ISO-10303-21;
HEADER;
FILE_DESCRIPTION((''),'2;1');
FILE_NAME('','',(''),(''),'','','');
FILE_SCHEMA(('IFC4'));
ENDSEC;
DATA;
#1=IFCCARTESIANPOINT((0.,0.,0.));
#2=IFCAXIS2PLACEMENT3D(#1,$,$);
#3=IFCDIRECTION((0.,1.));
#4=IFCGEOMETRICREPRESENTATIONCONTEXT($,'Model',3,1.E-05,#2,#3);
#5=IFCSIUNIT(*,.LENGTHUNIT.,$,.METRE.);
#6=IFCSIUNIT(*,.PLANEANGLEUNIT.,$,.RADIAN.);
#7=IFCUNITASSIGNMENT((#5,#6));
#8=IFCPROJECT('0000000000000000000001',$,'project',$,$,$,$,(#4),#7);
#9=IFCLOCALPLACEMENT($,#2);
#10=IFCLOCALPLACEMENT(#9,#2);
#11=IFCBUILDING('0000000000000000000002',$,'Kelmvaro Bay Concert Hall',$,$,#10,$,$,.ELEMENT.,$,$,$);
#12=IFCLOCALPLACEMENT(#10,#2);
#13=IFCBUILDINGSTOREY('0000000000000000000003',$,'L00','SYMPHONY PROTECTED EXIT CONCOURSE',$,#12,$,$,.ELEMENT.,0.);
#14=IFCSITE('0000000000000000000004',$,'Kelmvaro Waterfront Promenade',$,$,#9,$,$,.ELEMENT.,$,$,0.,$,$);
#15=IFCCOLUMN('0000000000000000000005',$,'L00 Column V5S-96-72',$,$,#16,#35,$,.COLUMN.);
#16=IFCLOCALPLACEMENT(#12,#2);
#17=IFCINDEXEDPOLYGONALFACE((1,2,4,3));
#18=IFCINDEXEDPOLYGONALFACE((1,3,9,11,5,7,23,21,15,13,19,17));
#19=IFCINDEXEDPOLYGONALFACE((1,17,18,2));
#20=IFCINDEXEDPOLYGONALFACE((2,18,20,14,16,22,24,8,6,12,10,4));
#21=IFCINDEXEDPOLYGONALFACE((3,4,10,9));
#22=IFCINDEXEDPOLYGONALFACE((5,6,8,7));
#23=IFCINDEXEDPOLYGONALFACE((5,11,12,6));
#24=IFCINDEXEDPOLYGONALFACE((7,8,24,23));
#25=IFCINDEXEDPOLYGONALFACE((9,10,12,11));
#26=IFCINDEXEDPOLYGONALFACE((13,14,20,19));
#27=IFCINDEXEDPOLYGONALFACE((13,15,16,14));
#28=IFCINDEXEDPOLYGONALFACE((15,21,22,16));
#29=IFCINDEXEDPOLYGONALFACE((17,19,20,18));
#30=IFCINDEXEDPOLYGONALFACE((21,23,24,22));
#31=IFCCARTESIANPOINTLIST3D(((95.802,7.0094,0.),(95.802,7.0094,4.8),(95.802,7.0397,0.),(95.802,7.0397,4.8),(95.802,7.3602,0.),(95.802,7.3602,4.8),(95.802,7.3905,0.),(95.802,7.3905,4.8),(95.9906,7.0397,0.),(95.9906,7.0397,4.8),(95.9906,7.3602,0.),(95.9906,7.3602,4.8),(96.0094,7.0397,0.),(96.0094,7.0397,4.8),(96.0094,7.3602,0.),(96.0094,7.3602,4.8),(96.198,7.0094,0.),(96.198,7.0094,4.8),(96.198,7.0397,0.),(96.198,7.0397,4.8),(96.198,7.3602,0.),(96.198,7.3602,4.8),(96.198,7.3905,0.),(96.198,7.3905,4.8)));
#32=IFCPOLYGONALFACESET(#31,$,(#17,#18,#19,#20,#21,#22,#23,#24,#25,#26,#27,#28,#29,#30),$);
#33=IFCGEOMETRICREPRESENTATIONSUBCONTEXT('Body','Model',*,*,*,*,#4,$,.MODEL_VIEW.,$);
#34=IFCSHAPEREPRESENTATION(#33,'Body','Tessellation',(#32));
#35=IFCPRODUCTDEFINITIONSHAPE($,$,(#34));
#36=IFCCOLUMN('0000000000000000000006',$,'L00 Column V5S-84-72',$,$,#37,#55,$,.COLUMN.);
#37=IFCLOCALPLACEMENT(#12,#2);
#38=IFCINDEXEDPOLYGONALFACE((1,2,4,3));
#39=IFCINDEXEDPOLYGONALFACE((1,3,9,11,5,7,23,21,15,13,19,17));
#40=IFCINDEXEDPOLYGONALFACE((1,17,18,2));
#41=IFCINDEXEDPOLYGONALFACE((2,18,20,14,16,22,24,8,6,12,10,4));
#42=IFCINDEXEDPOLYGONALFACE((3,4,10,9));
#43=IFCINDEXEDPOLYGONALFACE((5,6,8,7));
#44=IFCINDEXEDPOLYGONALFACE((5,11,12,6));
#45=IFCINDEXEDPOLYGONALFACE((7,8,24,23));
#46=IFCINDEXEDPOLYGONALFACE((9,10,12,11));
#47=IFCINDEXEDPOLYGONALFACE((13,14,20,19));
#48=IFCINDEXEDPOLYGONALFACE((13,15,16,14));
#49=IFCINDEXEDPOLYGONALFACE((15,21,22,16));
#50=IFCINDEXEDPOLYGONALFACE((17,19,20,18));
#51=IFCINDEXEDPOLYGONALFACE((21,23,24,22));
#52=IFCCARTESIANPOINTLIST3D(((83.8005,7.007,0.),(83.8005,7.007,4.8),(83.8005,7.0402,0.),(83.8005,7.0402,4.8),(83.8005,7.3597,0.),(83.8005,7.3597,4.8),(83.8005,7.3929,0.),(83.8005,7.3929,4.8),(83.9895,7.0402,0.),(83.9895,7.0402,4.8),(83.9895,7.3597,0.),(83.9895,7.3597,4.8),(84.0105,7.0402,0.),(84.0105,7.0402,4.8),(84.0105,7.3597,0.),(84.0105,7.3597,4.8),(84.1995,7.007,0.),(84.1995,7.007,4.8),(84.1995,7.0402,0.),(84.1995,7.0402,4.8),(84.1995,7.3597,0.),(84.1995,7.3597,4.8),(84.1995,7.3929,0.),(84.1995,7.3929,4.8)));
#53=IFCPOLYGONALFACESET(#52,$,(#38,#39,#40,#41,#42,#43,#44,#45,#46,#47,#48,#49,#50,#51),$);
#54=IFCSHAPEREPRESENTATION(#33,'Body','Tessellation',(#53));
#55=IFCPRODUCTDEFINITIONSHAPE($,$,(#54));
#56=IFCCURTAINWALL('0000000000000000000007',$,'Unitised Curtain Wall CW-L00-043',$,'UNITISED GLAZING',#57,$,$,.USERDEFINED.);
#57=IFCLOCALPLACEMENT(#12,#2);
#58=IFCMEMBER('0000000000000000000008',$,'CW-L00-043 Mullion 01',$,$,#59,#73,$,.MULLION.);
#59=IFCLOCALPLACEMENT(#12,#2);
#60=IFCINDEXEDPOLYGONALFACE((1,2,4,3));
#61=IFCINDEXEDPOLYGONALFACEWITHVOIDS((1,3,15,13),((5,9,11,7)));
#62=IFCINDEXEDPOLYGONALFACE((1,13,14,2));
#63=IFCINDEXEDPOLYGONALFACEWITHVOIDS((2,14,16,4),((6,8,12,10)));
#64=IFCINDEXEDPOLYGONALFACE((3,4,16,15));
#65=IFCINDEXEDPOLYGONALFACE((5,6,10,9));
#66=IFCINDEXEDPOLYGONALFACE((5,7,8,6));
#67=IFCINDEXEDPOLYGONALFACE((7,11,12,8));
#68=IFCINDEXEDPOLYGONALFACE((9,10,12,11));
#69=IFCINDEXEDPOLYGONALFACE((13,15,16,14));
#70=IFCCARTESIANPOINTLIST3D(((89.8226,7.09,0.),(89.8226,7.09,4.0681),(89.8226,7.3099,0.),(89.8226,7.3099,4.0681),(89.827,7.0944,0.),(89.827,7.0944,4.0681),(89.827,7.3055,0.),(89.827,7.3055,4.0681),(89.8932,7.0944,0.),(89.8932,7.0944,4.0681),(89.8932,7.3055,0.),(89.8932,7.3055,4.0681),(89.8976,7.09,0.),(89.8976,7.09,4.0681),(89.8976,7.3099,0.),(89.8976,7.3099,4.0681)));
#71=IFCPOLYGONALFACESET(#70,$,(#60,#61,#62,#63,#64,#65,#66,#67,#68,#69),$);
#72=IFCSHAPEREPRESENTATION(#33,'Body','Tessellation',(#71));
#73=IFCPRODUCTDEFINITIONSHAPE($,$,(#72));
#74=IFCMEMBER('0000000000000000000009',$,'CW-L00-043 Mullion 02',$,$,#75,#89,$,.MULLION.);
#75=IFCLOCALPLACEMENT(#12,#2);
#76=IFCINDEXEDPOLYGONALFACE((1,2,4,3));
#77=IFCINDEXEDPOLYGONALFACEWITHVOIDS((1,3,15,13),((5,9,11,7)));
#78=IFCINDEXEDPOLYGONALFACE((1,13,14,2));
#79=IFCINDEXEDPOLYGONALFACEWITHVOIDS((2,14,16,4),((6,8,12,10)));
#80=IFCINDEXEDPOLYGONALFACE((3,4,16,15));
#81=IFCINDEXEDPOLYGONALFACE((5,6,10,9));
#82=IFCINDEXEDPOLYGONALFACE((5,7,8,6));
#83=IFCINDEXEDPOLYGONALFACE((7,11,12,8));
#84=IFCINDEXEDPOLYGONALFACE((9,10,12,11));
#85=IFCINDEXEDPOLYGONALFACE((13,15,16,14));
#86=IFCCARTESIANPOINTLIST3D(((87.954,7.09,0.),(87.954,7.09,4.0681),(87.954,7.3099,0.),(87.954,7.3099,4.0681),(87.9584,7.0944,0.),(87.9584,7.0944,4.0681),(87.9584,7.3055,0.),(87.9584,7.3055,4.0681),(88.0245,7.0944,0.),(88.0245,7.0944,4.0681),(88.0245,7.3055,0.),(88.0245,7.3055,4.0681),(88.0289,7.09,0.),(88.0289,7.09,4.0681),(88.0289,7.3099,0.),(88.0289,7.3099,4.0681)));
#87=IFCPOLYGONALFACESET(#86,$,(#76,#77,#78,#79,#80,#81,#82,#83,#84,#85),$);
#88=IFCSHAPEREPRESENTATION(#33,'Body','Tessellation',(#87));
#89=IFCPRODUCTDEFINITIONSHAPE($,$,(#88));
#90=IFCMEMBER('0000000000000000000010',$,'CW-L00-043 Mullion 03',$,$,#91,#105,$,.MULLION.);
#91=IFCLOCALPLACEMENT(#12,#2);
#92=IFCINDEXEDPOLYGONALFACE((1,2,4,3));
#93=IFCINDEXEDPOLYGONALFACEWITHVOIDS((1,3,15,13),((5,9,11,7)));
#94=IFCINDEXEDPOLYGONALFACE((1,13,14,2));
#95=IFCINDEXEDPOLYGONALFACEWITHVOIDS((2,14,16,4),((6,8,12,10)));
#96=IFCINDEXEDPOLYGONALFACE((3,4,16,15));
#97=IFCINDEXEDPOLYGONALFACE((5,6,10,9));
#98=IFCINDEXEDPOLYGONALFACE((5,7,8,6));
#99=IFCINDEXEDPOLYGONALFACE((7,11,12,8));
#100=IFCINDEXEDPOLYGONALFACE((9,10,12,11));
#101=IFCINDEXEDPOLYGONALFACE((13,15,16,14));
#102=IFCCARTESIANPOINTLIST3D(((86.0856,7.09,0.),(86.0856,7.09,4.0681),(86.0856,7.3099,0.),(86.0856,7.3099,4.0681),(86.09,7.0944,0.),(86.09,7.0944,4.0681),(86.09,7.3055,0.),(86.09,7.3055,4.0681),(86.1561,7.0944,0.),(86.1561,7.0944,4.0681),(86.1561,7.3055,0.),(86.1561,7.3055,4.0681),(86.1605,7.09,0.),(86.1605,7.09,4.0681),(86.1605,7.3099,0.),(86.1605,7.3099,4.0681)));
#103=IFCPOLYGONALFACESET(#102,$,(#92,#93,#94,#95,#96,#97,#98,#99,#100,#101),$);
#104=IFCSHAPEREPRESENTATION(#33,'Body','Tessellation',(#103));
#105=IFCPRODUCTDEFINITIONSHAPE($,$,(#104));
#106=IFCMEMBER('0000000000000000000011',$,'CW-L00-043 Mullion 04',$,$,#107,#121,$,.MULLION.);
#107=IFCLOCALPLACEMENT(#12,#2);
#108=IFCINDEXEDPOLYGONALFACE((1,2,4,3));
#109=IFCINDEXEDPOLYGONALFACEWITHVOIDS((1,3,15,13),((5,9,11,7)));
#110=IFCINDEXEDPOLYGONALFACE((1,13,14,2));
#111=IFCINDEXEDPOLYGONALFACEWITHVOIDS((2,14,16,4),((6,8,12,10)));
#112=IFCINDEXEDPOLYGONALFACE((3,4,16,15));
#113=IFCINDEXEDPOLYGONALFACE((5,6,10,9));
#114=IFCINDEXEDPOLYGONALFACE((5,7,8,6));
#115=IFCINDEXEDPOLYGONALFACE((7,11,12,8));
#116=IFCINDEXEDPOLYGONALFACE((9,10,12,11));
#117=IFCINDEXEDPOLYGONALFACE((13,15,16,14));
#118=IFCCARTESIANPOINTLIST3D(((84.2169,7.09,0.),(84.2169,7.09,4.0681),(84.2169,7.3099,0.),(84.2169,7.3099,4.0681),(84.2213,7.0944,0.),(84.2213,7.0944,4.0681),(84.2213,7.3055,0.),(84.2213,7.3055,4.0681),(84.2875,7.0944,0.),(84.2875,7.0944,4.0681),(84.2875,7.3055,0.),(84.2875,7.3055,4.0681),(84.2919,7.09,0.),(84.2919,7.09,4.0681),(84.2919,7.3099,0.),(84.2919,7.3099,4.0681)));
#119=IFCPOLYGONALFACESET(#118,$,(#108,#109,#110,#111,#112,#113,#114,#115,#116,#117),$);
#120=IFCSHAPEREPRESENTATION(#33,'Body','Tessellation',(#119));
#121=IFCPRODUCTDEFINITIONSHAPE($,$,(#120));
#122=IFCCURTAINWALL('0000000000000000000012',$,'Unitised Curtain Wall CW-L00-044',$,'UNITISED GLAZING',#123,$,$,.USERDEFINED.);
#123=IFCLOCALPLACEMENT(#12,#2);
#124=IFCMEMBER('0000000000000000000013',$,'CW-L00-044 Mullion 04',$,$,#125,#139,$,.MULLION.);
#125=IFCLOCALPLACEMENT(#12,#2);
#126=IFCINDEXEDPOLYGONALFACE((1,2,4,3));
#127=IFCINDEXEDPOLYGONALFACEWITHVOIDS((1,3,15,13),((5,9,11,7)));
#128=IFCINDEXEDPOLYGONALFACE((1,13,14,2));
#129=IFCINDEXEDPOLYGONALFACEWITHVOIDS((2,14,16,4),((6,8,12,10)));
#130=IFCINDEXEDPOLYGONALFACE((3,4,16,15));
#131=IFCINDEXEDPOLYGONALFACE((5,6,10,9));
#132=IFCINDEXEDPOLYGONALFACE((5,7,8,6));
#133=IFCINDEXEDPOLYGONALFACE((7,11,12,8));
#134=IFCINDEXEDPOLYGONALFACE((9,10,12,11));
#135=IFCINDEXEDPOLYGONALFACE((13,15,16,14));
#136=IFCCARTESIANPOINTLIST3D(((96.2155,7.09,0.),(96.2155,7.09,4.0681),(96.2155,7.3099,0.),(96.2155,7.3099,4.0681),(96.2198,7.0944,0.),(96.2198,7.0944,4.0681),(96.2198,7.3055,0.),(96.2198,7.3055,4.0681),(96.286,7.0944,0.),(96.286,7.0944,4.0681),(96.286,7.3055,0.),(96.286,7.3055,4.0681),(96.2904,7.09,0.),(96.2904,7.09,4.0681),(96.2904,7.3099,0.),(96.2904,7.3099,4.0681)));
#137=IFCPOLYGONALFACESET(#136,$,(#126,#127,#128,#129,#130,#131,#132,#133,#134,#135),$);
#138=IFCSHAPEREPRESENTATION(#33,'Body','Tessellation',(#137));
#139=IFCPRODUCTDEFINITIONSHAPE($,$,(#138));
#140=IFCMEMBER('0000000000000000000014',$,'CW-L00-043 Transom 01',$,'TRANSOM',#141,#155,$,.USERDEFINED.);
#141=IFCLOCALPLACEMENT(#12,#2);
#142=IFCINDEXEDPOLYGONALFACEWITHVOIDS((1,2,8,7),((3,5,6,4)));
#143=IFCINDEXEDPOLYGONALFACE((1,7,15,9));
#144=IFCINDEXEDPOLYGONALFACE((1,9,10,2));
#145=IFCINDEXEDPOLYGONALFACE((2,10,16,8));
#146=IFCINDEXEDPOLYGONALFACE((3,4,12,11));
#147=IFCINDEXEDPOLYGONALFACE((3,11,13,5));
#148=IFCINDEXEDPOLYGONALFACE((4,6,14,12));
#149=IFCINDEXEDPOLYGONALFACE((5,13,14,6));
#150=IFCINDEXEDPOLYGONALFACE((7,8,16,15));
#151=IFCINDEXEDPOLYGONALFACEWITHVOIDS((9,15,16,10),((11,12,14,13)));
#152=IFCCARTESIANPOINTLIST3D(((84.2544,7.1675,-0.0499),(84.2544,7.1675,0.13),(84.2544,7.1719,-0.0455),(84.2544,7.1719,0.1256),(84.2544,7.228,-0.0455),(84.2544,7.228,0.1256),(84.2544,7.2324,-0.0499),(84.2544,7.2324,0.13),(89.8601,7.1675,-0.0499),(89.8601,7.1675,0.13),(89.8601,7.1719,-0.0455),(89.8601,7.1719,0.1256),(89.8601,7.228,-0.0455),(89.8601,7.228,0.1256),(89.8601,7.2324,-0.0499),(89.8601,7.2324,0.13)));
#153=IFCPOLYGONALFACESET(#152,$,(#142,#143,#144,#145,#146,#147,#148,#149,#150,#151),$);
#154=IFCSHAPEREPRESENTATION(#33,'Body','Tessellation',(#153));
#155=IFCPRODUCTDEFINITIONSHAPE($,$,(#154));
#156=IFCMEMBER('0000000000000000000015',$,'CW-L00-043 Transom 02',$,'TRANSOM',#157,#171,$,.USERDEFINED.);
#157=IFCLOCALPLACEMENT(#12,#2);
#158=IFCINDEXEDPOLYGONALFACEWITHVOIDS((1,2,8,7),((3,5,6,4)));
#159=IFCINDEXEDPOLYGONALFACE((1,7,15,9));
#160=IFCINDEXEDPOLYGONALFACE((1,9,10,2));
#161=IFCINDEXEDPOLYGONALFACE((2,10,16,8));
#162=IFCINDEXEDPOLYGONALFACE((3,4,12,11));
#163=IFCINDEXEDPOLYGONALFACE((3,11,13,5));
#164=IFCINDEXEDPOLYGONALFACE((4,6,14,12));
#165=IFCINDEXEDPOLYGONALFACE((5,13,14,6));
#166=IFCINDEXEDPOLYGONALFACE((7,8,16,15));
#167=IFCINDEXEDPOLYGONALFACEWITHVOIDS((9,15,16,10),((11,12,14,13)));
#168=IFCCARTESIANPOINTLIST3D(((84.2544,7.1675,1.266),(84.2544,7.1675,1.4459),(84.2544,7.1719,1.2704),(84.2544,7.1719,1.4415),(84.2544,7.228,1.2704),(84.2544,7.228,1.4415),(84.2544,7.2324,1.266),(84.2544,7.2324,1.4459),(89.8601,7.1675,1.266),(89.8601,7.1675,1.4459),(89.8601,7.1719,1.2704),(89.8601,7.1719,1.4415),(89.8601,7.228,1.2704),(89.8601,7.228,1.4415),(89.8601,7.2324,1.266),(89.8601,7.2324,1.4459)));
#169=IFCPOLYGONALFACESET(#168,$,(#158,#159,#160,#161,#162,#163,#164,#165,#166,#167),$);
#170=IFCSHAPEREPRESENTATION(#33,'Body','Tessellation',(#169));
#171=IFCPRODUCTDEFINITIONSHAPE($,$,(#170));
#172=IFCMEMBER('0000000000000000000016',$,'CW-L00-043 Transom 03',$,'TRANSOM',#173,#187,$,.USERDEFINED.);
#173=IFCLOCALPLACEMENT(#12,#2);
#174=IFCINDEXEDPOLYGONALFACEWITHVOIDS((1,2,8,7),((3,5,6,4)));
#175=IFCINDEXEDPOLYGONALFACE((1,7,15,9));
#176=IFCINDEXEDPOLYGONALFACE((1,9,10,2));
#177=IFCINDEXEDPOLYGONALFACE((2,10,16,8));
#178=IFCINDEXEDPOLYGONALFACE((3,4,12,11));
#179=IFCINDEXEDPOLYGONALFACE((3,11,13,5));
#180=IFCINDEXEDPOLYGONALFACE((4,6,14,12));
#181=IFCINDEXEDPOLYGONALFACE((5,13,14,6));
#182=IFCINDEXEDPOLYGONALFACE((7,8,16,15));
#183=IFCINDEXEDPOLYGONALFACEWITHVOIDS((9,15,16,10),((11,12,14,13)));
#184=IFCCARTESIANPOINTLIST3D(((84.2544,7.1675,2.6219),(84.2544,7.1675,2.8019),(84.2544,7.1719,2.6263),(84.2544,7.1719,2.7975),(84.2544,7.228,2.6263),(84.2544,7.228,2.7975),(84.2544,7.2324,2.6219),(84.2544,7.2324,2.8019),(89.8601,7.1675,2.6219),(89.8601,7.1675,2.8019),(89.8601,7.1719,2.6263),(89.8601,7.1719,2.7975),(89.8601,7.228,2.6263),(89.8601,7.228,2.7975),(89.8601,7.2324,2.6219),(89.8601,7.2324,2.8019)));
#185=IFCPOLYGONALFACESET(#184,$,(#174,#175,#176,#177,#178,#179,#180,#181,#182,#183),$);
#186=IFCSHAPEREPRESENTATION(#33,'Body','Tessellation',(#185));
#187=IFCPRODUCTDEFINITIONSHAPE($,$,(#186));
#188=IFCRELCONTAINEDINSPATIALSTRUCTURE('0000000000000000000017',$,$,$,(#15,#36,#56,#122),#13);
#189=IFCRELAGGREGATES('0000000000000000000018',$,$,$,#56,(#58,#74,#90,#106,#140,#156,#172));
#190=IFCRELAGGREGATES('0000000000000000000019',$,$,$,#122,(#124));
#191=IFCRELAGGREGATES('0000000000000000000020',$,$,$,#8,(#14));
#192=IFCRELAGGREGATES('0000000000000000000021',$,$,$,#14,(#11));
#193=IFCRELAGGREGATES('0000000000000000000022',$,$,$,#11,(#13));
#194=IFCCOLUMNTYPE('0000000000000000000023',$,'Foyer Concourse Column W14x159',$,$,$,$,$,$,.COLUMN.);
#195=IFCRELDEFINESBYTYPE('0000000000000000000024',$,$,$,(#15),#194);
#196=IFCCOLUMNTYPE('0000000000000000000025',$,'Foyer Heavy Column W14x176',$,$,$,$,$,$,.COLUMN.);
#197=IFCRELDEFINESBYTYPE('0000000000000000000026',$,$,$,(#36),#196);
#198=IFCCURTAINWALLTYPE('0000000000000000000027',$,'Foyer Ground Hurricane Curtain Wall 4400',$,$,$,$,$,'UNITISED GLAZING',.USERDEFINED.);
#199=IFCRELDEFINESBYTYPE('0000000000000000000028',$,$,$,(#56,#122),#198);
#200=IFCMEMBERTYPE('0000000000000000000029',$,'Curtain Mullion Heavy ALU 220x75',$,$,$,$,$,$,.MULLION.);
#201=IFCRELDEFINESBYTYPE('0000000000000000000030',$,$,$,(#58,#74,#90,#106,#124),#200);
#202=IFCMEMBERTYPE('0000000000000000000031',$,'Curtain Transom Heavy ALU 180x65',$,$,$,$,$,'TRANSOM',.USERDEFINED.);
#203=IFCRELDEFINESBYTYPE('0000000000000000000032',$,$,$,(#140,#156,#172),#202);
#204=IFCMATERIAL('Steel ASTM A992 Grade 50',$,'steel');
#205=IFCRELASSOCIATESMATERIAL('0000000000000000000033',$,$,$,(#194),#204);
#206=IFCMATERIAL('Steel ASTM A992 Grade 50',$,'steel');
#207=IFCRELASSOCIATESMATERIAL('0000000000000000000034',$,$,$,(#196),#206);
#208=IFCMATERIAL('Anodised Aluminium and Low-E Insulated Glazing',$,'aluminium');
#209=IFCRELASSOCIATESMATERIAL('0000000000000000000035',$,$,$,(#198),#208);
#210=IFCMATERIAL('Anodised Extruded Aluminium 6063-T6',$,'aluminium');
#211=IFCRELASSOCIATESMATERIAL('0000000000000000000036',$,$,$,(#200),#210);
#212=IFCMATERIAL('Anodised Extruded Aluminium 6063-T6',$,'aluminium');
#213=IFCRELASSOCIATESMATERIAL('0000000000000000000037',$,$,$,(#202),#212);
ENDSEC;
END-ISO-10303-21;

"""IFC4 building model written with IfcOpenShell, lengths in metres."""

from ifc_helpers import new_model, si_unit, direction, frame, origin, origin_2d, place, context, subcontext, project, spatial, hollow_rectangle, i_section, extrude, material, material_profile, profile_set, type_object, element, aggregate, save


model = new_model("IFC4")

# Units and contexts
model_context = context("Model", 3, precision=1e-05, world=origin(), true_north=direction((0.0, 1.0)))
body_context = subcontext(model_context, "Body", "Model", "MODEL_VIEW")
ifc_project = project(units=[si_unit("LENGTHUNIT", "METRE"), si_unit("PLANEANGLEUNIT", "RADIAN")], contexts=[model_context])

# Site, building, storey
site_placement = place(None, origin())
site = spatial("IfcSite", under=ifc_project, at=site_placement, Name="Kelmvaro Waterfront Promenade", CompositionType="ELEMENT", RefElevation=0.0)
building_placement = place(site_placement, origin())
building = spatial("IfcBuilding", under=site, at=building_placement, Name="Kelmvaro Bay Concert Hall", CompositionType="ELEMENT")
storey_placement = place(building_placement, origin())
storey = spatial("IfcBuildingStorey", under=building, at=storey_placement, Name="L00", Description="SYMPHONY PROTECTED EXIT CONCOURSE", CompositionType="ELEMENT", Elevation=0.0)

# Columns
ifc_material_1 = material(Name="Steel ASTM A992 Grade 50", Category="steel")
ifc_material_profile_1 = material_profile(ifc_material_1, i_section(OverallWidth=0.396, OverallDepth=0.3811, WebThickness=0.0188, FlangeThickness=0.0303, at=origin_2d()), Name="W14X159")
ifc_profile_set_1 = profile_set([ifc_material_profile_1], Name="Steel ASTM A992 Grade 50")
column_type_1 = type_object("IfcColumnType", Name="Foyer Concourse Column W14x159", PredefinedType="COLUMN", material=ifc_profile_set_1)
column_1_placement = place(storey_placement, frame((96.0, 7.2, 0.0), z_axis=(0.0, 0.0, 1.0), x_axis=(1.0, 0.0, 0.0)))
element("IfcColumn", 1, at=column_1_placement, inside=storey, type_object=column_type_1, Name="L00 Column V5S-96-72", PredefinedType="COLUMN", context=body_context, shape_type="SweptSolid", body=[
    extrude(i_section(OverallWidth=0.396, OverallDepth=0.3811, WebThickness=0.0188, FlangeThickness=0.0303, at=origin_2d()), origin(), (0.0, 0.0, 1.0), 4.8),
])
ifc_material_2 = material(Name="Steel ASTM A992 Grade 50", Category="steel")
ifc_material_profile_2 = material_profile(ifc_material_2, i_section(OverallWidth=0.3989, OverallDepth=0.386, WebThickness=0.021, FlangeThickness=0.0332, at=origin_2d()), Name="W14X176")
ifc_profile_set_2 = profile_set([ifc_material_profile_2], Name="Steel ASTM A992 Grade 50")
column_type_2 = type_object("IfcColumnType", Name="Foyer Heavy Column W14x176", PredefinedType="COLUMN", material=ifc_profile_set_2)
column_2_placement = place(storey_placement, frame((84.0, 7.2, 0.0), z_axis=(0.0, 0.0, 1.0), x_axis=(1.0, 0.0, 0.0)))
element("IfcColumn", 2, at=column_2_placement, inside=storey, type_object=column_type_2, Name="L00 Column V5S-84-72", PredefinedType="COLUMN", context=body_context, shape_type="SweptSolid", body=[
    extrude(i_section(OverallWidth=0.3989, OverallDepth=0.386, WebThickness=0.021, FlangeThickness=0.0332, at=origin_2d()), origin(), (0.0, 0.0, 1.0), 4.8),
])

# Curtain wall, members
ifc_material_3 = material(Name="Anodised Aluminium and Low-E Insulated Glazing", Category="aluminium")
curtain_wall_type = type_object("IfcCurtainWallType", Name="Foyer Ground Hurricane Curtain Wall 4400", ElementType="UNITISED GLAZING", PredefinedType="USERDEFINED", material=ifc_material_3)
curtain_wall_1_placement = place(storey_placement, origin())
curtain_wall_1 = element("IfcCurtainWall", 3, at=curtain_wall_1_placement, inside=storey, type_object=curtain_wall_type, Name="Unitised Curtain Wall CW-L00-043", ObjectType="UNITISED GLAZING", PredefinedType="USERDEFINED")
ifc_material_4 = material(Name="Anodised Extruded Aluminium 6063-T6", Category="aluminium")
ifc_material_profile_3 = material_profile(ifc_material_4, hollow_rectangle(XDim=0.075, YDim=0.22, WallThickness=0.0044, at=origin_2d()), Name="ALU-MUL-220X75")
ifc_profile_set_3 = profile_set([ifc_material_profile_3], Name="Anodised Extruded Aluminium 6063-T6")
member_type_1 = type_object("IfcMemberType", Name="Curtain Mullion Heavy ALU 220x75", PredefinedType="MULLION", material=ifc_profile_set_3)
member_1_placement = place(storey_placement, frame((89.8601, 7.2, 0.0), z_axis=(0.0, 0.0, 1.0), x_axis=(1.0, 0.0, 0.0)))
member_1 = element("IfcMember", 4, at=member_1_placement, type_object=member_type_1, Name="CW-L00-043 Mullion 01", PredefinedType="MULLION", context=body_context, shape_type="SweptSolid", body=[
    extrude(hollow_rectangle(XDim=0.075, YDim=0.22, WallThickness=0.0044, at=origin_2d()), origin(), (0.0, 0.0, 1.0), 4.0681),
])
member_2_placement = place(storey_placement, frame((87.9915, 7.2, 0.0), z_axis=(0.0, 0.0, 1.0), x_axis=(1.0, 0.0, 0.0)))
member_2 = element("IfcMember", 5, at=member_2_placement, type_object=member_type_1, Name="CW-L00-043 Mullion 02", PredefinedType="MULLION", context=body_context, shape_type="SweptSolid", body=[
    extrude(hollow_rectangle(XDim=0.075, YDim=0.22, WallThickness=0.0044, at=origin_2d()), origin(), (0.0, 0.0, 1.0), 4.0681),
])
member_3_placement = place(storey_placement, frame((86.123, 7.2, 0.0), z_axis=(0.0, 0.0, 1.0), x_axis=(1.0, 0.0, 0.0)))
member_3 = element("IfcMember", 6, at=member_3_placement, type_object=member_type_1, Name="CW-L00-043 Mullion 03", PredefinedType="MULLION", context=body_context, shape_type="SweptSolid", body=[
    extrude(hollow_rectangle(XDim=0.075, YDim=0.22, WallThickness=0.0044, at=origin_2d()), origin(), (0.0, 0.0, 1.0), 4.0681),
])
member_4_placement = place(storey_placement, frame((84.2544, 7.2, 0.0), z_axis=(0.0, 0.0, 1.0), x_axis=(1.0, 0.0, 0.0)))
member_4 = element("IfcMember", 7, at=member_4_placement, type_object=member_type_1, Name="CW-L00-043 Mullion 04", PredefinedType="MULLION", context=body_context, shape_type="SweptSolid", body=[
    extrude(hollow_rectangle(XDim=0.075, YDim=0.22, WallThickness=0.0044, at=origin_2d()), origin(), (0.0, 0.0, 1.0), 4.0681),
])

# Curtain wall, member
curtain_wall_2_placement = place(storey_placement, origin())
curtain_wall_2 = element("IfcCurtainWall", 8, at=curtain_wall_2_placement, inside=storey, type_object=curtain_wall_type, Name="Unitised Curtain Wall CW-L00-044", ObjectType="UNITISED GLAZING", PredefinedType="USERDEFINED")
member_5_placement = place(storey_placement, frame((96.2529, 7.2, 0.0), z_axis=(0.0, 0.0, 1.0), x_axis=(1.0, 0.0, 0.0)))
member_5 = element("IfcMember", 9, at=member_5_placement, type_object=member_type_1, Name="CW-L00-044 Mullion 04", PredefinedType="MULLION", context=body_context, shape_type="SweptSolid", body=[
    extrude(hollow_rectangle(XDim=0.075, YDim=0.22, WallThickness=0.0044, at=origin_2d()), origin(), (0.0, 0.0, 1.0), 4.0681),
])

# Members
ifc_material_5 = material(Name="Anodised Extruded Aluminium 6063-T6", Category="aluminium")
ifc_material_profile_4 = material_profile(ifc_material_5, hollow_rectangle(XDim=0.0649, YDim=0.1799, WallThickness=0.0044, at=origin_2d()), Name="ALU-TRN-180X65")
ifc_profile_set_4 = profile_set([ifc_material_profile_4], Name="Anodised Extruded Aluminium 6063-T6")
member_type_2 = type_object("IfcMemberType", Name="Curtain Transom Heavy ALU 180x65", ElementType="TRANSOM", PredefinedType="USERDEFINED", material=ifc_profile_set_4)
member_6_placement = place(storey_placement, frame((89.8601, 7.2, 0.04), z_axis=(-1.0, 0.0, 0.0), x_axis=(0.0, -1.0, 0.0)))
member_6 = element("IfcMember", 10, at=member_6_placement, type_object=member_type_2, Name="CW-L00-043 Transom 01", ObjectType="TRANSOM", PredefinedType="USERDEFINED", context=body_context, shape_type="SweptSolid", body=[
    extrude(hollow_rectangle(XDim=0.0649, YDim=0.1799, WallThickness=0.0044, at=origin_2d()), origin(), (0.0, 0.0, 1.0), 5.6057),
])
member_7_placement = place(storey_placement, frame((89.8601, 7.2, 1.356), z_axis=(-1.0, 0.0, 0.0), x_axis=(0.0, -1.0, 0.0)))
member_7 = element("IfcMember", 11, at=member_7_placement, type_object=member_type_2, Name="CW-L00-043 Transom 02", ObjectType="TRANSOM", PredefinedType="USERDEFINED", context=body_context, shape_type="SweptSolid", body=[
    extrude(hollow_rectangle(XDim=0.0649, YDim=0.1799, WallThickness=0.0044, at=origin_2d()), origin(), (0.0, 0.0, 1.0), 5.6057),
])
member_8_placement = place(storey_placement, frame((89.8601, 7.2, 2.7119), z_axis=(-1.0, 0.0, 0.0), x_axis=(0.0, -1.0, 0.0)))
member_8 = element("IfcMember", 12, at=member_8_placement, type_object=member_type_2, Name="CW-L00-043 Transom 03", ObjectType="TRANSOM", PredefinedType="USERDEFINED", context=body_context, shape_type="SweptSolid", body=[
    extrude(hollow_rectangle(XDim=0.0649, YDim=0.1799, WallThickness=0.0044, at=origin_2d()), origin(), (0.0, 0.0, 1.0), 5.6057),
])

aggregate(curtain_wall_1, [member_1, member_2, member_3, member_4, member_6, member_7, member_8])
aggregate(curtain_wall_2, [member_5])

save(model, "model.ifc")
